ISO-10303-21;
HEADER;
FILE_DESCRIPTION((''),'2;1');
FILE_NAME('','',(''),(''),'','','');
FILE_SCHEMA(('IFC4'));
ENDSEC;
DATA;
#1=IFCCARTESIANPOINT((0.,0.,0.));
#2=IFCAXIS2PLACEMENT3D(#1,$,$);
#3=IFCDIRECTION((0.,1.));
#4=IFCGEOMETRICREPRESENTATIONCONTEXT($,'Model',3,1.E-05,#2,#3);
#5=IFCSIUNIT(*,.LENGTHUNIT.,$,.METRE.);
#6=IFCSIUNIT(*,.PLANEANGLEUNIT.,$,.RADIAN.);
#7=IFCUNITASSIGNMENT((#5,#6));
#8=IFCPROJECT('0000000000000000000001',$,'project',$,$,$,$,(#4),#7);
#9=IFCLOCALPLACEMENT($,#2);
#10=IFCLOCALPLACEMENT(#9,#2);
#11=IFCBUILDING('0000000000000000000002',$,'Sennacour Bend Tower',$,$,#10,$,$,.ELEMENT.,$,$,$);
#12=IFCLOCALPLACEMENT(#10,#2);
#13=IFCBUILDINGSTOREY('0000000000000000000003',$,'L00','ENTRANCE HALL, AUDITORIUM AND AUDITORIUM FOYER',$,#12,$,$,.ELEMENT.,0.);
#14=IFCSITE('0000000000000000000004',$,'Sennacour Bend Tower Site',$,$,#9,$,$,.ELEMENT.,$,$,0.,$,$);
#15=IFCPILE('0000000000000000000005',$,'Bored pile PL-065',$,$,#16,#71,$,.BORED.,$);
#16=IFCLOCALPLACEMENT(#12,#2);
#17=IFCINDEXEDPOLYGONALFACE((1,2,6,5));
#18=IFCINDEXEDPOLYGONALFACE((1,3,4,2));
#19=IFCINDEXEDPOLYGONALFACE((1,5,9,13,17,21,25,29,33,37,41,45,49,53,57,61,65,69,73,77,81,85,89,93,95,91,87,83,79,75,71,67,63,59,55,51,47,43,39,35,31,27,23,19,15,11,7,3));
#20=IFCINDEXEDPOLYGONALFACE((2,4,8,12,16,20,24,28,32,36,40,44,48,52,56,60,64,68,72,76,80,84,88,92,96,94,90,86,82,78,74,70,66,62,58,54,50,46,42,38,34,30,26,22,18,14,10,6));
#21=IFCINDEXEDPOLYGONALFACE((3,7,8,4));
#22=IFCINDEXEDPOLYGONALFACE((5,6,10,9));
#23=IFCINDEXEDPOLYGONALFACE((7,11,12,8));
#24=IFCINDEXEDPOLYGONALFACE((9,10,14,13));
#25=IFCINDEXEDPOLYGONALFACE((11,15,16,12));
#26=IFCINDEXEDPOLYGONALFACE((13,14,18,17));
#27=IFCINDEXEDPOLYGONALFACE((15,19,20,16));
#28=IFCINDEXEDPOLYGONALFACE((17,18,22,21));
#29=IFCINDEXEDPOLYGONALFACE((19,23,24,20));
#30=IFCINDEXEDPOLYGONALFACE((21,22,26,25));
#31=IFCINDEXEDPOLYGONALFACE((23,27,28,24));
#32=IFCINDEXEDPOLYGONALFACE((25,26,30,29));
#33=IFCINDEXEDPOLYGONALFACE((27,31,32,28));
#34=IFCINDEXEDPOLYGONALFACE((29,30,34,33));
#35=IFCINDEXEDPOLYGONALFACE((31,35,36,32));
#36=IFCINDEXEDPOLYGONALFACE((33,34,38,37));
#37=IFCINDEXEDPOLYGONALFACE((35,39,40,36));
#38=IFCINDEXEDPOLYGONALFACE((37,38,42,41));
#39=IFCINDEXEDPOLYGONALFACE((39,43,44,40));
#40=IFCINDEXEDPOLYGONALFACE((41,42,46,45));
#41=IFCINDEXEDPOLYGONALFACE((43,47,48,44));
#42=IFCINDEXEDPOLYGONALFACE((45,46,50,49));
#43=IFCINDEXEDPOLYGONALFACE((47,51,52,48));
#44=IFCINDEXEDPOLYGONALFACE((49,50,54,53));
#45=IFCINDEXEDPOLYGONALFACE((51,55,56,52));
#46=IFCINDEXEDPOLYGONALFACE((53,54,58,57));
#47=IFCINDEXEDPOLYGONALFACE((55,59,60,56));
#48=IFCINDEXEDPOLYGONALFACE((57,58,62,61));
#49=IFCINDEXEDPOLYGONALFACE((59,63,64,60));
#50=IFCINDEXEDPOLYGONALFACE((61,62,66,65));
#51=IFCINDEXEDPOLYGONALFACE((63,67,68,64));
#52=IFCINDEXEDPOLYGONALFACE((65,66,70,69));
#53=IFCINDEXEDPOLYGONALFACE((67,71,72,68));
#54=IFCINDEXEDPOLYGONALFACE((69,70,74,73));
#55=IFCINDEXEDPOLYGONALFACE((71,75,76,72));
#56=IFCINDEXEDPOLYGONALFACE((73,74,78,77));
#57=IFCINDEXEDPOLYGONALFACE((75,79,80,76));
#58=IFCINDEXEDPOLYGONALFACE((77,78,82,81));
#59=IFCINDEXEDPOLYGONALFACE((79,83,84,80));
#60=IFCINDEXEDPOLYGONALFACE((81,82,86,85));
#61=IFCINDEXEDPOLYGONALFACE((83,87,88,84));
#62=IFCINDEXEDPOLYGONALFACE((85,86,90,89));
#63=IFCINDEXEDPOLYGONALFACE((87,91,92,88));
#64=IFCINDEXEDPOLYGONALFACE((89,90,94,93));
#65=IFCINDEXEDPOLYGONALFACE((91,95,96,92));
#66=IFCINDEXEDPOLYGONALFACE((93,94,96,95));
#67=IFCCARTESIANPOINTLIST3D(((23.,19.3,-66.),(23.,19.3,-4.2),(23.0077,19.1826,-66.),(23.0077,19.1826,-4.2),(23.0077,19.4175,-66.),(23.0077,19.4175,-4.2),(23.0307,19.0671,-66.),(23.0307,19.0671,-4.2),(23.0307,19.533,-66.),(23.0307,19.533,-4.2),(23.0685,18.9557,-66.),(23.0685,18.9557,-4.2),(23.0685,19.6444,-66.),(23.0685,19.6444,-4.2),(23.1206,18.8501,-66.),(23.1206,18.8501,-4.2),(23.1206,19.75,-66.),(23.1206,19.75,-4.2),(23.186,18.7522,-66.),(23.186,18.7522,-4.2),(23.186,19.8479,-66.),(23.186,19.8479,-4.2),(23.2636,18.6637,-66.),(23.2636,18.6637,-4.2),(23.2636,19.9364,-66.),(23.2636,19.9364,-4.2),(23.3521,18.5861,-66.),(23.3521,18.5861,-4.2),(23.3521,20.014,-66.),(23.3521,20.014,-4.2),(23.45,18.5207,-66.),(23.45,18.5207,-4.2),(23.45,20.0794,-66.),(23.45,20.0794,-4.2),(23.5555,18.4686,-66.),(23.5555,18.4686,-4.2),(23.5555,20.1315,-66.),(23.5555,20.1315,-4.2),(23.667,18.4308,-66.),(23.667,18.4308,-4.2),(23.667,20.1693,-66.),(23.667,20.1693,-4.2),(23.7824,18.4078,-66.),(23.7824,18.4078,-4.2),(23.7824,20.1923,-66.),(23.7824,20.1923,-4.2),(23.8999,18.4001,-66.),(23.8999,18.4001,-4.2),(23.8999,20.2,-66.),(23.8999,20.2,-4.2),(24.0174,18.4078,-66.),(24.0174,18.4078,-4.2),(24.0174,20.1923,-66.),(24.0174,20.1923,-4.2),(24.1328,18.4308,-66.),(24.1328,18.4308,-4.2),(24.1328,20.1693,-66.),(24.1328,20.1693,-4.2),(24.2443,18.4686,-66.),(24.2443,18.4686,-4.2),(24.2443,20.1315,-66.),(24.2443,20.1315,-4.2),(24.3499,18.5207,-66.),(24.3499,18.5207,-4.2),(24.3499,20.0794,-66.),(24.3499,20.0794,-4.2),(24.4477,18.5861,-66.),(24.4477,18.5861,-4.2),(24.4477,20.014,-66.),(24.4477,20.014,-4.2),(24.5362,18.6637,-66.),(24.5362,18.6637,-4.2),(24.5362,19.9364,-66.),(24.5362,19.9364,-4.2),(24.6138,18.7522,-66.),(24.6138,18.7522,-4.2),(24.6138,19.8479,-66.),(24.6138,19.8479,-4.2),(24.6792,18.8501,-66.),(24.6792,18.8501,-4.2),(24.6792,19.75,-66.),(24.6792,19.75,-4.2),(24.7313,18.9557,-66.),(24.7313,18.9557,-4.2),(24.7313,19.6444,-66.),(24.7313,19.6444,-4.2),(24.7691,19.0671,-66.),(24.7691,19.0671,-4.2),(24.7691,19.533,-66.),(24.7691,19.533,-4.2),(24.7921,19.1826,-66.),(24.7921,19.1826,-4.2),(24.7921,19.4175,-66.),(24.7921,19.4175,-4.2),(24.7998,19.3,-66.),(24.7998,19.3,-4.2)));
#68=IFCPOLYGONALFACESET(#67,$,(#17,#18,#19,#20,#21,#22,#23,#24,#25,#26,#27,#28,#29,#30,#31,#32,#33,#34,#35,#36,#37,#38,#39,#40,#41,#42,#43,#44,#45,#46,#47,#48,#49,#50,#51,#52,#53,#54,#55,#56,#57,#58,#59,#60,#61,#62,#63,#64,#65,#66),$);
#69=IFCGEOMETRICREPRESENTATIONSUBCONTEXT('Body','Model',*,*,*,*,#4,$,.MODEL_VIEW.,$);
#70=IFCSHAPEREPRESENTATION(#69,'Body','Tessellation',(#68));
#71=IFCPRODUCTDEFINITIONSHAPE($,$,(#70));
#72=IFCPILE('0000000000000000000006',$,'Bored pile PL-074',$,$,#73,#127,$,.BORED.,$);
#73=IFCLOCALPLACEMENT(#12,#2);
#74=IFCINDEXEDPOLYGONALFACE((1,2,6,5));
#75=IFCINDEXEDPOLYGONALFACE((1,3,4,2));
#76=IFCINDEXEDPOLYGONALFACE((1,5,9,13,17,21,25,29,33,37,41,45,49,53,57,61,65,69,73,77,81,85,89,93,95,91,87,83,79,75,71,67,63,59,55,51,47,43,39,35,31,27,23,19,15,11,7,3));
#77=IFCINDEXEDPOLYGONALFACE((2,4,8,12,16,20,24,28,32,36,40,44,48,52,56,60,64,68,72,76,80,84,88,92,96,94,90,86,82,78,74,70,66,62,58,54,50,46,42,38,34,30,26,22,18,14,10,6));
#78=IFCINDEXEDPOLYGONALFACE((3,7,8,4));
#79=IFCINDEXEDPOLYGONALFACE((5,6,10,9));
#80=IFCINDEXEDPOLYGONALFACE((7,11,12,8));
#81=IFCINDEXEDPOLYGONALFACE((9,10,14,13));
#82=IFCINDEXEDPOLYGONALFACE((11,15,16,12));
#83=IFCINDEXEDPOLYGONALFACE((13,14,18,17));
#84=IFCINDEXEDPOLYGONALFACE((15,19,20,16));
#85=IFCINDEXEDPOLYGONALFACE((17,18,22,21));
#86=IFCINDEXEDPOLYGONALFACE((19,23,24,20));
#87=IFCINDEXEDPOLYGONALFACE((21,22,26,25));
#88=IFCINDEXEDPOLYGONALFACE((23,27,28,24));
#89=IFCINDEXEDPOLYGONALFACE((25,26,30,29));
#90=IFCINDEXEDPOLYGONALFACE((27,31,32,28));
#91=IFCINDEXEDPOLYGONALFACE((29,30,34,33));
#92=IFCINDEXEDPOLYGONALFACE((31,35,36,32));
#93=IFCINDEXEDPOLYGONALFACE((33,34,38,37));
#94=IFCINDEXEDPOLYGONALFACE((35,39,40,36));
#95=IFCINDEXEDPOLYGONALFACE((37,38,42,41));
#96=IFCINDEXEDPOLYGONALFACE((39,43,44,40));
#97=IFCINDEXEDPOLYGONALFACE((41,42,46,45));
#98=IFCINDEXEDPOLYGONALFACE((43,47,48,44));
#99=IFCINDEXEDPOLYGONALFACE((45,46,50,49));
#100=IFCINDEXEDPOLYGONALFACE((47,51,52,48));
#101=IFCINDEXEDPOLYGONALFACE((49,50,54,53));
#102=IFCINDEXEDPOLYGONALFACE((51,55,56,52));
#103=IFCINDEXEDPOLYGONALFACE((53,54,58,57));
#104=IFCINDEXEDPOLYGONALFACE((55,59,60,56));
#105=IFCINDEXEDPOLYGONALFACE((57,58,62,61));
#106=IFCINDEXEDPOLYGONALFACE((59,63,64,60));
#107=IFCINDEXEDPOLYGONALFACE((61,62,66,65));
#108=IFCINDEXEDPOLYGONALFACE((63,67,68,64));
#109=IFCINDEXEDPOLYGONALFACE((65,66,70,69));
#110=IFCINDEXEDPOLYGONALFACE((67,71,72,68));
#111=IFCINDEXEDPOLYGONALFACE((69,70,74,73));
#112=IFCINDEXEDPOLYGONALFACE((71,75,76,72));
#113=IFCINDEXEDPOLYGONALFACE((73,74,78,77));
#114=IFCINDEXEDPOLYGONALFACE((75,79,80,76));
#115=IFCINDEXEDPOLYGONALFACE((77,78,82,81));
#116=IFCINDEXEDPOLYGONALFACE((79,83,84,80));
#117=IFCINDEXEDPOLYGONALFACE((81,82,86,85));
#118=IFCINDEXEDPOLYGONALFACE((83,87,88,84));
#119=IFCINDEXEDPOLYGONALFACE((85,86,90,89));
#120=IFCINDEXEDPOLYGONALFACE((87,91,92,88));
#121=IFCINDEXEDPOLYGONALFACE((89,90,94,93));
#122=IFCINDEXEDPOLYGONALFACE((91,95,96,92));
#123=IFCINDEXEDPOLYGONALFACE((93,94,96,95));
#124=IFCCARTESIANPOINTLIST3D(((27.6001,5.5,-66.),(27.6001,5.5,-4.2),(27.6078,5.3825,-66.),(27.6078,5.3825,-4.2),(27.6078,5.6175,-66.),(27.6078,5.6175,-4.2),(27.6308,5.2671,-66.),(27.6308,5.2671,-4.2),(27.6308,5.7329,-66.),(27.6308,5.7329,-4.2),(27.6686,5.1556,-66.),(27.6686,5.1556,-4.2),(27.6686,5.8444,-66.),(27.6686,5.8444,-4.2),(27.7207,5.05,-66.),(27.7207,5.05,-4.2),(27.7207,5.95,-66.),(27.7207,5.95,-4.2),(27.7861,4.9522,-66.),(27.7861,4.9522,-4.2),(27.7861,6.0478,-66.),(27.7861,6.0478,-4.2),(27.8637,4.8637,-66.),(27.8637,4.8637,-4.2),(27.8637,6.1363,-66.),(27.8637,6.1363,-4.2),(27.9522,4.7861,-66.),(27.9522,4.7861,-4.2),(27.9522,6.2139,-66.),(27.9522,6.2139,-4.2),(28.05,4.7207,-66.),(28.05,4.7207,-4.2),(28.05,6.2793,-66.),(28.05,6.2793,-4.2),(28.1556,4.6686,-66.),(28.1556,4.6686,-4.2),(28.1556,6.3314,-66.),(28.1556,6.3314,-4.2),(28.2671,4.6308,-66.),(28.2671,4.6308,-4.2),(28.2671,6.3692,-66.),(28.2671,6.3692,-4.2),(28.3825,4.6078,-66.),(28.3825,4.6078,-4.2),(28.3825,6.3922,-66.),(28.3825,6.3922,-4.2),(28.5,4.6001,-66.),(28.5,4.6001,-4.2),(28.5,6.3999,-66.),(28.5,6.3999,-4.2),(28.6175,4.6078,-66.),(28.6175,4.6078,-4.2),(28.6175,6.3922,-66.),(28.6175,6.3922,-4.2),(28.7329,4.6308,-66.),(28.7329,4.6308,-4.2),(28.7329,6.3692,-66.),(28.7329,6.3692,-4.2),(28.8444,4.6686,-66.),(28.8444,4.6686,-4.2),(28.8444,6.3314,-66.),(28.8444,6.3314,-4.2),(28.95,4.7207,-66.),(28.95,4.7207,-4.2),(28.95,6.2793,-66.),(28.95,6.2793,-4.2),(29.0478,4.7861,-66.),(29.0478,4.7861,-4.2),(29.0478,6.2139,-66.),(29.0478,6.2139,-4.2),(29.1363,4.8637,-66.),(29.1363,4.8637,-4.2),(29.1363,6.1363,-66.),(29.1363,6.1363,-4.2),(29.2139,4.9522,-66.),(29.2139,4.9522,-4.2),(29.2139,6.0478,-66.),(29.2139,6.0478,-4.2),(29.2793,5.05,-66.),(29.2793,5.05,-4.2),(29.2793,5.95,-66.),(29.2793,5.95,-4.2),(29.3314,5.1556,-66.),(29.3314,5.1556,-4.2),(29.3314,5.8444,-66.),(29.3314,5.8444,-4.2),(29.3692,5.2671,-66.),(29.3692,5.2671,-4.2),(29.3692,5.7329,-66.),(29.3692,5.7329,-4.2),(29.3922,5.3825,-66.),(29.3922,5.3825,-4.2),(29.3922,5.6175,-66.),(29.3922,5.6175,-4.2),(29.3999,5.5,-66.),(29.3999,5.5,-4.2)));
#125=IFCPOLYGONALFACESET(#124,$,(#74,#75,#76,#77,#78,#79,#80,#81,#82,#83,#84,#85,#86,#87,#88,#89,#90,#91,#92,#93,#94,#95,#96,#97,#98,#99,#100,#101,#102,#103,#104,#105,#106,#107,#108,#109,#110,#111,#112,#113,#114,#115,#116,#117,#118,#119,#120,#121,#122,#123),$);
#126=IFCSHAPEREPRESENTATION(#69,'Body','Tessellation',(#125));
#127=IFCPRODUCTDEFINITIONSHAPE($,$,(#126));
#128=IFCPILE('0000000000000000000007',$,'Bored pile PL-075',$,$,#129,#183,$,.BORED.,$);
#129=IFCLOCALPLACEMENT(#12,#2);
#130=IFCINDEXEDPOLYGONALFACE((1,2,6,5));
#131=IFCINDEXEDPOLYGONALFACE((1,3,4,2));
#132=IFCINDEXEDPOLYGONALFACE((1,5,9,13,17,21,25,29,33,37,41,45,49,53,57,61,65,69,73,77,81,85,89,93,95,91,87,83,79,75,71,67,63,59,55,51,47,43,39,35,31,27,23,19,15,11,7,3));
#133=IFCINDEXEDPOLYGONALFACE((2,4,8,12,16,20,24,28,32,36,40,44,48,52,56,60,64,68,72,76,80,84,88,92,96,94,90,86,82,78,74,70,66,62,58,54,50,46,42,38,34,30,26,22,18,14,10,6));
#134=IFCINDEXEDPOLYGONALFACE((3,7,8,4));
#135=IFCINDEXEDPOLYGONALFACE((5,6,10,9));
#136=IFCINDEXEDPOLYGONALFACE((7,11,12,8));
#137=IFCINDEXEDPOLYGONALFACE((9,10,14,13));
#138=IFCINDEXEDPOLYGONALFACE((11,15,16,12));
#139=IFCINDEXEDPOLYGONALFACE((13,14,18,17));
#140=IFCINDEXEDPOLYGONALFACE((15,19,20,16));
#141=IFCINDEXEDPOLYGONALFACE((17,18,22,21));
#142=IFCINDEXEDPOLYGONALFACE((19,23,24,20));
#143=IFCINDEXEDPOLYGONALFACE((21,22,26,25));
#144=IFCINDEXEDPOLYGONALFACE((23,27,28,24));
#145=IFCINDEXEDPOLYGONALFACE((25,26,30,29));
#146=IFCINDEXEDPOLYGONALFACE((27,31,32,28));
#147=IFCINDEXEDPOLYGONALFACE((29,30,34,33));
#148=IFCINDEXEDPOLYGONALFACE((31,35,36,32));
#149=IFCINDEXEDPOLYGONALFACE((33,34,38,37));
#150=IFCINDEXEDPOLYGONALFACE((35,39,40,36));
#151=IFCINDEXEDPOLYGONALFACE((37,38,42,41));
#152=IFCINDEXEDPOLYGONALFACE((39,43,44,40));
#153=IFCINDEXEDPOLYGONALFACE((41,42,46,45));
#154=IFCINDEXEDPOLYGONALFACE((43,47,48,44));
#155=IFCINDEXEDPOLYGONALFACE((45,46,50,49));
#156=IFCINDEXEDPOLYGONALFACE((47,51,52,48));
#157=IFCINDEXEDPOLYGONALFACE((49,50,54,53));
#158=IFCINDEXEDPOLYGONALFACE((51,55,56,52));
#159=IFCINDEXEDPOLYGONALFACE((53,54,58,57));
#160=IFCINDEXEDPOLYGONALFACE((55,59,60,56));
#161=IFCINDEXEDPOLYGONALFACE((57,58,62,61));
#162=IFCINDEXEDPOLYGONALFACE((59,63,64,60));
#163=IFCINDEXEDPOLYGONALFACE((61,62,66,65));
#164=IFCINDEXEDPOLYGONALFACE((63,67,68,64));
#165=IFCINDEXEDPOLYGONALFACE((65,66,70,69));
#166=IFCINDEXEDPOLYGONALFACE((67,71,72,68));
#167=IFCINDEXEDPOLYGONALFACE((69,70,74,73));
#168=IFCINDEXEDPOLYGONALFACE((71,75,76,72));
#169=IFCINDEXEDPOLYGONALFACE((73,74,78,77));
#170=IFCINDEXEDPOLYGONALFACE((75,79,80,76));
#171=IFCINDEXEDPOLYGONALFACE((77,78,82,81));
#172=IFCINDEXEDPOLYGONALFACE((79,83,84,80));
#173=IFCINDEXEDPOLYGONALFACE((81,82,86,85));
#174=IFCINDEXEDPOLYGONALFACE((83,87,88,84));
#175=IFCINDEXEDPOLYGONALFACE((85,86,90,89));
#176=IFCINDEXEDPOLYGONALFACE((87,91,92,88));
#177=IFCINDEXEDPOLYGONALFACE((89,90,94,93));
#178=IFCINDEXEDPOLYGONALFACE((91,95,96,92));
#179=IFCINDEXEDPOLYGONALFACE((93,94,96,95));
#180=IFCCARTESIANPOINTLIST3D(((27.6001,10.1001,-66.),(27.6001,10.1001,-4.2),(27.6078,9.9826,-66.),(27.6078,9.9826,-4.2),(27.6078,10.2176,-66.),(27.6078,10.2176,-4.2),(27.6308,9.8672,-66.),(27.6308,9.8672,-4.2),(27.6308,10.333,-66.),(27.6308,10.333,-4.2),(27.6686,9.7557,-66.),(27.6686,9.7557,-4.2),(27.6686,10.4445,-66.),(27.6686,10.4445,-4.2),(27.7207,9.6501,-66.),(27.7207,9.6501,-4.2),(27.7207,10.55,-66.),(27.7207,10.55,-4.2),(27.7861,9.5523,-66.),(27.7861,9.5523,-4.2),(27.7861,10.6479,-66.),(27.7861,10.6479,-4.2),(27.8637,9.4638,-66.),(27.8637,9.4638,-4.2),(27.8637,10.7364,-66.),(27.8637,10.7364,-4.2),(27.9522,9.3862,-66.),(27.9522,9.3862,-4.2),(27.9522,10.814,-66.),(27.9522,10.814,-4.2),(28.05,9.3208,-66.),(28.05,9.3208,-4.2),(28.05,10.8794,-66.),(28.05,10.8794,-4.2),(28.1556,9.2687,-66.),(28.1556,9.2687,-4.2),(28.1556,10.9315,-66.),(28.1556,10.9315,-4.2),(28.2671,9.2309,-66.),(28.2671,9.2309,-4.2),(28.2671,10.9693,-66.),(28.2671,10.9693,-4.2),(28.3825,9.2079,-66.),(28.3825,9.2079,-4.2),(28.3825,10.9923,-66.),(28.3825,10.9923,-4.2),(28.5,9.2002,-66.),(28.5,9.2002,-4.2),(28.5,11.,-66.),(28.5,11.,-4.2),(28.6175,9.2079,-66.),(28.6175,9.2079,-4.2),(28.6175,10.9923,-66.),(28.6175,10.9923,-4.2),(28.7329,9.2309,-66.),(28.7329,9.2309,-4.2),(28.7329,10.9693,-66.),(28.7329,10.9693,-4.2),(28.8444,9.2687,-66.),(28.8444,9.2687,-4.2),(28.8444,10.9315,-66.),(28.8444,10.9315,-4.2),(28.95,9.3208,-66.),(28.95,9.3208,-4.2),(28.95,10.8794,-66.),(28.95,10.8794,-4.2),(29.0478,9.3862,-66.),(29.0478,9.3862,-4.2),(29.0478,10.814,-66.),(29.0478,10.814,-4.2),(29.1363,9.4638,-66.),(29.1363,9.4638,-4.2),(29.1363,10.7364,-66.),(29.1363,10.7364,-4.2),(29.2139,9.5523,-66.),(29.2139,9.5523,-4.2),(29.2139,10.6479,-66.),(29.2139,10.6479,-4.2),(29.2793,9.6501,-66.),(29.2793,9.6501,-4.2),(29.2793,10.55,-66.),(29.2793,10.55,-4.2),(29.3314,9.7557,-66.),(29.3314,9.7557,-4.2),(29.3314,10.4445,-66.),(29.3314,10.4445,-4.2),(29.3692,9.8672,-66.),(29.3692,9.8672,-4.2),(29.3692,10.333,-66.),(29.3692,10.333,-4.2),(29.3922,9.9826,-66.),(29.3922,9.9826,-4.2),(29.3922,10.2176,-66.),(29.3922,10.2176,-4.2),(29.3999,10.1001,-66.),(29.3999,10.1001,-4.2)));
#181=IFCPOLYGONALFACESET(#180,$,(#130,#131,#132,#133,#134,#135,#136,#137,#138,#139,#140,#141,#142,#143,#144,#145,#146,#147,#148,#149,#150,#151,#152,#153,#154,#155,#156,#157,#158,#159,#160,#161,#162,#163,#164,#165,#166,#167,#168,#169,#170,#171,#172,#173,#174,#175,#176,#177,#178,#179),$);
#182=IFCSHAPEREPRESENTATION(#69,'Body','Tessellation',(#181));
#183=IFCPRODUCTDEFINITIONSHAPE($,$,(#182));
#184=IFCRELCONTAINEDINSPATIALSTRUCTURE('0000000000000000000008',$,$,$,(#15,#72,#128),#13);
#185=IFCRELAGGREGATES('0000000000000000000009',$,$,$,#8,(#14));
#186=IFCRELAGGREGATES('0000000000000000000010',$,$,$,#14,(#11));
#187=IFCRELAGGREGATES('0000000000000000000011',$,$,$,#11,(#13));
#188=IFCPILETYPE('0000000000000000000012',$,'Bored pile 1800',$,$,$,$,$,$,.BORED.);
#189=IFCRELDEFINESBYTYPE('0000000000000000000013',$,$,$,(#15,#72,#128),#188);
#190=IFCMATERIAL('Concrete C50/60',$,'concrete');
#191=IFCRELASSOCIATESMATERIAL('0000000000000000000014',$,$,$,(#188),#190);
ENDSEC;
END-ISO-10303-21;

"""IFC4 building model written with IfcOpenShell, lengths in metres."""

from ifc_helpers import new_model, si_unit, direction, frame, origin, origin_2d, place, context, subcontext, project, spatial, circle, extrude, material, material_profile, profile_set, type_object, element, save


model = new_model("IFC4")

# Units and contexts
model_context = context("Model", 3, precision=1e-05, world=origin(), true_north=direction((0.0, 1.0)))
body_context = subcontext(model_context, "Body", "Model", "MODEL_VIEW")
ifc_project = project(units=[si_unit("LENGTHUNIT", "METRE"), si_unit("PLANEANGLEUNIT", "RADIAN")], contexts=[model_context])

# Site, building, storey
site_placement = place(None, origin())
site = spatial("IfcSite", under=ifc_project, at=site_placement, Name="Sennacour Bend Tower Site", CompositionType="ELEMENT", RefElevation=0.0)
building_placement = place(site_placement, origin())
building = spatial("IfcBuilding", under=site, at=building_placement, Name="Sennacour Bend Tower", CompositionType="ELEMENT")
storey_placement = place(building_placement, origin())
storey = spatial("IfcBuildingStorey", under=building, at=storey_placement, Name="L00", Description="ENTRANCE HALL, AUDITORIUM AND AUDITORIUM FOYER", CompositionType="ELEMENT", Elevation=0.0)

# Piles
ifc_material_1 = material(Name="Concrete C50/60", Category="concrete")
ifc_material_profile = material_profile(ifc_material_1, circle(Radius=0.8999, at=origin_2d()), Name="Concrete C50/60", Category="concrete")
ifc_profile_set = profile_set([ifc_material_profile], Name="Concrete C50/60")
pile_type = type_object("IfcPileType", Name="Bored pile 1800", PredefinedType="BORED", material=ifc_profile_set)
for number, where, z_axis, x_axis, name in (
    (1, (23.8999, 19.3, -4.2), (0.0, 0.0, -1.0), (1.0, 0.0, 0.0), "Bored pile PL-065"),
    (2, (28.5, 5.5, -4.2), (0.0, 0.0, -1.0), (1.0, 0.0, 0.0), "Bored pile PL-074"),
    (3, (28.5, 10.1001, -4.2), (0.0, 0.0, -1.0), (1.0, 0.0, 0.0), "Bored pile PL-075"),
):
    element("IfcPile", number, at=place(storey_placement, frame(where, z_axis=z_axis, x_axis=x_axis)), inside=storey, type_object=pile_type, Name=name, PredefinedType="BORED", context=body_context, shape_type="SweptSolid", body=[
        extrude(circle(Radius=0.8999, at=origin_2d()), origin(), (0.0, 0.0, 1.0), 61.8),
    ])

save(model, "model.ifc")
